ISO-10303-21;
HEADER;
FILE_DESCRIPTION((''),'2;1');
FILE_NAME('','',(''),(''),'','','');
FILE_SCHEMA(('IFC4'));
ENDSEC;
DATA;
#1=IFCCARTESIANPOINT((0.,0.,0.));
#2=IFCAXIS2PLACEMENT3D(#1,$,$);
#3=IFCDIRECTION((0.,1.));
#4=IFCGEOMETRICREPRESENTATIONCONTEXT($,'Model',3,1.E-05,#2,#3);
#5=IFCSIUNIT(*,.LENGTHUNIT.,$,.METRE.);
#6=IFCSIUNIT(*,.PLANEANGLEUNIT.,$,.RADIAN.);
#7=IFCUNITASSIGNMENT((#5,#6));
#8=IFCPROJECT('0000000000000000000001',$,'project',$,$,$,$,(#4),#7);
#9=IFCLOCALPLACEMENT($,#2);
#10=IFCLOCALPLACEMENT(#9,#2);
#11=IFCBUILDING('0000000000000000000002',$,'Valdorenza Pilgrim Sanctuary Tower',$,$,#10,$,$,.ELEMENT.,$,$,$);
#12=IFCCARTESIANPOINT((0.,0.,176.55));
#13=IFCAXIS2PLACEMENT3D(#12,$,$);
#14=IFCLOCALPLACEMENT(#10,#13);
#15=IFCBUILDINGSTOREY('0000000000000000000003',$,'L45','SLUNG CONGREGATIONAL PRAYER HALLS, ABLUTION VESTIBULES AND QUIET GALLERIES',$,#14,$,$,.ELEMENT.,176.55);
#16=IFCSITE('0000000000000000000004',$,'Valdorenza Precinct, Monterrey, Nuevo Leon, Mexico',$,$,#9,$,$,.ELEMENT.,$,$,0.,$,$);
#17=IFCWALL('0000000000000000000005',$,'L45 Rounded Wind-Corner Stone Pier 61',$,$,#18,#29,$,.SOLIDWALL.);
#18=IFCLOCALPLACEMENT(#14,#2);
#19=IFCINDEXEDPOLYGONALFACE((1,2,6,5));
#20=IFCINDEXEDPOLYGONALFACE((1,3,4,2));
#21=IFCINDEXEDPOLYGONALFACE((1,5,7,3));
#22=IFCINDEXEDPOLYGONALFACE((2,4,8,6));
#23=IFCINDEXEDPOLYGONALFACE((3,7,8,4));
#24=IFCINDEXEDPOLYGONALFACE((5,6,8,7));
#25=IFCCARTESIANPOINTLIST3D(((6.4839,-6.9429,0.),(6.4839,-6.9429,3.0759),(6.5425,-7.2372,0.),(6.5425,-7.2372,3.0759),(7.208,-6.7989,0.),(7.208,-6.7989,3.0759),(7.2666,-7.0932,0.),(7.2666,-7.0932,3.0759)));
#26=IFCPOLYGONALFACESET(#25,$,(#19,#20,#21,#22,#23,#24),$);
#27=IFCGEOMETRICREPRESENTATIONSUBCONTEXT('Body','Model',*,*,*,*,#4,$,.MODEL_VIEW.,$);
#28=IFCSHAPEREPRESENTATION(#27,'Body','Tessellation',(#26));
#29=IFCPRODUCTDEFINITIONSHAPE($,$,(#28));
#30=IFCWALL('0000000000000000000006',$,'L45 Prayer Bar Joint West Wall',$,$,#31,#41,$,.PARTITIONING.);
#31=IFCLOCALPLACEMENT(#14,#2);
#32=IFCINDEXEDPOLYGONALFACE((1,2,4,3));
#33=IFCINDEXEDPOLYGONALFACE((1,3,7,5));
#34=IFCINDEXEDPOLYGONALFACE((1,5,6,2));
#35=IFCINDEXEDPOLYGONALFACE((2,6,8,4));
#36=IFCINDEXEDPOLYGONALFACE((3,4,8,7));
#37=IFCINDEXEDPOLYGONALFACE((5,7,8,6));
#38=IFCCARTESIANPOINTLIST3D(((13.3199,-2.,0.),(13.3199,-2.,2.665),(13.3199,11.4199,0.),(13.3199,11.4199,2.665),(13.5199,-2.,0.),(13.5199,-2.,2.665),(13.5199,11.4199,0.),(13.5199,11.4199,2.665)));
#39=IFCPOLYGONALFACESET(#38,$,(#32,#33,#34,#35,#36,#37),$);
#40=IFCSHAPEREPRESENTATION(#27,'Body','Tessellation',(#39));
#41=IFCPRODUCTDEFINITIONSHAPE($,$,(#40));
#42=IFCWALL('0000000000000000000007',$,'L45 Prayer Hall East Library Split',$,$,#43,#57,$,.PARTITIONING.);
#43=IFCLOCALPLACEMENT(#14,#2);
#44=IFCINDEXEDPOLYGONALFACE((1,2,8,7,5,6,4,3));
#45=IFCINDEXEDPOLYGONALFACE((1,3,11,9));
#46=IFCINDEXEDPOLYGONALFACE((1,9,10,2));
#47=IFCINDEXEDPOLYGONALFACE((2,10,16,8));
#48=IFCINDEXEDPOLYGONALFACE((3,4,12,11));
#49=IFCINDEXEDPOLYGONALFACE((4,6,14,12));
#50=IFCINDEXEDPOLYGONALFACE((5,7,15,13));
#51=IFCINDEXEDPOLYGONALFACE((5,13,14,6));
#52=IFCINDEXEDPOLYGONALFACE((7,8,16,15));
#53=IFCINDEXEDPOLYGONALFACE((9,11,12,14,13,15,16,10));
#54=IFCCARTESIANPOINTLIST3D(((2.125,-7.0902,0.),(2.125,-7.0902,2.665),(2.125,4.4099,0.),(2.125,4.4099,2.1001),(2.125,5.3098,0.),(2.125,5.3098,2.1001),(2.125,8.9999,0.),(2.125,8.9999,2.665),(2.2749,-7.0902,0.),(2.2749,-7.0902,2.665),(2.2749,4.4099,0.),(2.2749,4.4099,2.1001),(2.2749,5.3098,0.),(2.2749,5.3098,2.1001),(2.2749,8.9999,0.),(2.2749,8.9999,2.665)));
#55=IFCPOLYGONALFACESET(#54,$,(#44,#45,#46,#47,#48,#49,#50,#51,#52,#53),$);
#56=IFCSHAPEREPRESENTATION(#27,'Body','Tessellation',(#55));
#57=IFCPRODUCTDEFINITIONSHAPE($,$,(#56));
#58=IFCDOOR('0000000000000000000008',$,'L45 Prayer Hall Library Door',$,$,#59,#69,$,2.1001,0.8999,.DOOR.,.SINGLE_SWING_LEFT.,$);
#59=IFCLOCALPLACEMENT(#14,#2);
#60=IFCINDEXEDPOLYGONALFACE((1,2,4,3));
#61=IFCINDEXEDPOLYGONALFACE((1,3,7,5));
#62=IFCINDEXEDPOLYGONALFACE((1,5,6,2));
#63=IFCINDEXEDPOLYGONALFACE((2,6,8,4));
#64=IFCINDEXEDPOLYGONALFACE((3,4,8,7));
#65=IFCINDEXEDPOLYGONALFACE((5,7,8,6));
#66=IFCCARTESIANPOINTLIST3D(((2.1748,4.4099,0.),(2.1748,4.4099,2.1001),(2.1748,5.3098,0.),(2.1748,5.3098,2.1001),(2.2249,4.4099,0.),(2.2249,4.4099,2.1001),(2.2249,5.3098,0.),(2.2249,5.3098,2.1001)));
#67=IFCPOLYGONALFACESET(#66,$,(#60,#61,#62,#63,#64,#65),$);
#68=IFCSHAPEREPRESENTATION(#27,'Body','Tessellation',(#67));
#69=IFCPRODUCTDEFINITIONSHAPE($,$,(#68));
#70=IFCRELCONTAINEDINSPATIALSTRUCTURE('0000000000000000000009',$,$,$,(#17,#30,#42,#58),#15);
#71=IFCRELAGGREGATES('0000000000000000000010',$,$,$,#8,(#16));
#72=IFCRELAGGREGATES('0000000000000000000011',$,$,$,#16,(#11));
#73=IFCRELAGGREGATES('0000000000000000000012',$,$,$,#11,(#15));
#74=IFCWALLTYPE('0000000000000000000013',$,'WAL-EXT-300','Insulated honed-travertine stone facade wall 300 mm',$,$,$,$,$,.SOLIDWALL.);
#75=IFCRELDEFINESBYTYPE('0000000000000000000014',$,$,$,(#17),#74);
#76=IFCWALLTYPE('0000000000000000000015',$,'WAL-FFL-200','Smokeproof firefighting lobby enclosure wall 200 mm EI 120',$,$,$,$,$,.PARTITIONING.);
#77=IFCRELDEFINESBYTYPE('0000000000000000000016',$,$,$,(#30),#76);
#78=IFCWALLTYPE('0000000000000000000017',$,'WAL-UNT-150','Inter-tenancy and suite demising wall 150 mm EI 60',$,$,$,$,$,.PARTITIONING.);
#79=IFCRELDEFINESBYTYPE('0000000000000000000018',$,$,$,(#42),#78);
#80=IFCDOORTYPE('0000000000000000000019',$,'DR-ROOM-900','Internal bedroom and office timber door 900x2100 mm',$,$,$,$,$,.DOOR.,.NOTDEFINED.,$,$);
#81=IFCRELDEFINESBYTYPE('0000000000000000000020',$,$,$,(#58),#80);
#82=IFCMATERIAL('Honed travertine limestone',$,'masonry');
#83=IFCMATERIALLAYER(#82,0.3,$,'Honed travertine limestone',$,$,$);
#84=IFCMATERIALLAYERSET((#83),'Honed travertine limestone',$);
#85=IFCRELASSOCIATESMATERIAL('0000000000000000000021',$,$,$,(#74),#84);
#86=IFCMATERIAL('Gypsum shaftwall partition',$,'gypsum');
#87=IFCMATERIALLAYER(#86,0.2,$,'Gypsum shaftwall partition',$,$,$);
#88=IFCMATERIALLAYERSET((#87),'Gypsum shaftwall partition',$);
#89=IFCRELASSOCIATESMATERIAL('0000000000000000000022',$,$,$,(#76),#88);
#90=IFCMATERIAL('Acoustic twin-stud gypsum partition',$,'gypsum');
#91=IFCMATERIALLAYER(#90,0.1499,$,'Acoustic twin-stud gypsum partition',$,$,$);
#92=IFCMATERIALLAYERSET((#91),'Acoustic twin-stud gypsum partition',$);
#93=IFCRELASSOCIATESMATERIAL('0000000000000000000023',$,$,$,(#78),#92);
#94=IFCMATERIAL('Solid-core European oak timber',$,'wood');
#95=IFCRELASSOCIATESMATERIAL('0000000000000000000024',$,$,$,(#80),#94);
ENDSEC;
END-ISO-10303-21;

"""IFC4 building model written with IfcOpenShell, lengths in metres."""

from ifc_helpers import new_model, si_unit, direction, frame, frame_2d, origin, place, context, subcontext, project, spatial, rectangle, extrude, material, layer, layer_set, type_object, element, fill, save


model = new_model("IFC4")

# Units and contexts
model_context = context("Model", 3, precision=1e-05, world=origin(), true_north=direction((0.0, 1.0)))
body_context = subcontext(model_context, "Body", "Model", "MODEL_VIEW")
ifc_project = project(units=[si_unit("LENGTHUNIT", "METRE"), si_unit("PLANEANGLEUNIT", "RADIAN")], contexts=[model_context])

# Site, building, storey
site_placement = place(None, origin())
site = spatial("IfcSite", under=ifc_project, at=site_placement, Name="Valdorenza Precinct, Monterrey, Nuevo Leon, Mexico", CompositionType="ELEMENT", RefElevation=0.0)
building_placement = place(site_placement, origin())
building = spatial("IfcBuilding", under=site, at=building_placement, Name="Valdorenza Pilgrim Sanctuary Tower", CompositionType="ELEMENT")
storey_placement = place(building_placement, frame((0.0, 0.0, 176.55)))
storey = spatial("IfcBuildingStorey", under=building, at=storey_placement, Name="L45", Description="SLUNG CONGREGATIONAL PRAYER HALLS, ABLUTION VESTIBULES AND QUIET GALLERIES", CompositionType="ELEMENT", Elevation=176.55)

# Shared definitions
ifc_material_1 = material(Name="Honed travertine limestone", Category="masonry")

# Walls
ifc_layer_1 = layer(ifc_material_1, 0.3, Name="Honed travertine limestone")
ifc_layer_set_1 = layer_set([ifc_layer_1], Name="Honed travertine limestone")
wall_type_1 = type_object("IfcWallType", Name="WAL-EXT-300", Description="Insulated honed-travertine stone facade wall 300 mm", PredefinedType="SOLIDWALL", material=ifc_layer_set_1)
wall_1_placement = place(storey_placement, frame((7.2373, -6.946, 0.0), z_axis=(0.0, 0.0, 1.0), x_axis=(-0.980784, -0.195099, 0.0)))
element("IfcWall", 1, at=wall_1_placement, inside=storey, type_object=wall_type_1, Name="L45 Rounded Wind-Corner Stone Pier 61", PredefinedType="SOLIDWALL", context=body_context, shape_type="SweptSolid", body=[
    extrude(rectangle(XDim=0.7383, YDim=0.3, at=frame_2d((0.3691, 0.0))), origin(), (0.0, 0.0, 1.0), 3.0759),
])
ifc_material_2 = material(Name="Gypsum shaftwall partition", Category="gypsum")
ifc_layer_2 = layer(ifc_material_2, 0.2, Name="Gypsum shaftwall partition")
ifc_layer_set_2 = layer_set([ifc_layer_2], Name="Gypsum shaftwall partition")
wall_type_2 = type_object("IfcWallType", Name="WAL-FFL-200", Description="Smokeproof firefighting lobby enclosure wall 200 mm EI 120", PredefinedType="PARTITIONING", material=ifc_layer_set_2)
wall_2_placement = place(storey_placement, frame((13.4199, -2.0, 0.0), z_axis=(0.0, 0.0, 1.0), x_axis=(0.0, 1.0, 0.0)))
element("IfcWall", 2, at=wall_2_placement, inside=storey, type_object=wall_type_2, Name="L45 Prayer Bar Joint West Wall", PredefinedType="PARTITIONING", context=body_context, shape_type="SweptSolid", body=[
    extrude(rectangle(XDim=13.4199, YDim=0.2, at=frame_2d((6.71, 0.0))), origin(), (0.0, 0.0, 1.0), 2.665),
])

# Wall, opening, door
ifc_material_3 = material(Name="Acoustic twin-stud gypsum partition", Category="gypsum")
ifc_layer_3 = layer(ifc_material_3, 0.1499, Name="Acoustic twin-stud gypsum partition")
ifc_layer_set_3 = layer_set([ifc_layer_3], Name="Acoustic twin-stud gypsum partition")
wall_type_3 = type_object("IfcWallType", Name="WAL-UNT-150", Description="Inter-tenancy and suite demising wall 150 mm EI 60", PredefinedType="PARTITIONING", material=ifc_layer_set_3)
wall_3_placement = place(storey_placement, frame((2.2, -7.0901, 0.0), z_axis=(0.0, 0.0, 1.0), x_axis=(0.0, 1.0, 0.0)))
wall_3 = element("IfcWall", 3, at=wall_3_placement, inside=storey, type_object=wall_type_3, Name="L45 Prayer Hall East Library Split", PredefinedType="PARTITIONING", context=body_context, shape_type="SweptSolid", body=[
    extrude(rectangle(XDim=16.0901, YDim=0.1499, at=frame_2d((8.0449, 0.0))), origin(), (0.0, 0.0, 1.0), 2.665),
])
opening_placement = place(wall_3_placement, frame((11.5, 0.0, 0.0)))
opening = element("IfcOpeningElement", 4, at=opening_placement, cuts=wall_3, PredefinedType="OPENING", context=body_context, shape_type="SweptSolid", body=[
    extrude(rectangle(XDim=0.8999, YDim=2.1001, at=frame_2d((0.45, 1.05))), frame((0.0, 0.0898, 0.0), z_axis=(0.0, -1.0, 0.0), x_axis=(1.0, 0.0, 0.0)), (0.0, 0.0, 1.0), 0.1797),
])
ifc_material_4 = material(Name="Solid-core European oak timber", Category="wood")
door_type = type_object("IfcDoorType", Name="DR-ROOM-900", Description="Internal bedroom and office timber door 900x2100 mm", OperationType="NOTDEFINED", PredefinedType="DOOR", material=ifc_material_4)
door_placement = place(opening_placement, frame((0.8999, 0.0, 0.0), z_axis=(0.0, 0.0, 1.0), x_axis=(-1.0, 0.0, 0.0)))
door = element("IfcDoor", 5, at=door_placement, inside=storey, type_object=door_type, Name="L45 Prayer Hall Library Door", OperationType="SINGLE_SWING_LEFT", OverallHeight=2.1001, OverallWidth=0.8999, PredefinedType="DOOR", context=body_context, shape_type="SweptSolid", body=[
    extrude(rectangle(XDim=0.8999, YDim=2.1001, at=frame_2d((0.45, 1.05))), frame((0.0, 0.0249, 0.0), z_axis=(0.0, -1.0, 0.0), x_axis=(1.0, 0.0, 0.0)), (0.0, 0.0, 1.0), 0.05),
])
fill(opening, door)

save(model, "model.ifc")
